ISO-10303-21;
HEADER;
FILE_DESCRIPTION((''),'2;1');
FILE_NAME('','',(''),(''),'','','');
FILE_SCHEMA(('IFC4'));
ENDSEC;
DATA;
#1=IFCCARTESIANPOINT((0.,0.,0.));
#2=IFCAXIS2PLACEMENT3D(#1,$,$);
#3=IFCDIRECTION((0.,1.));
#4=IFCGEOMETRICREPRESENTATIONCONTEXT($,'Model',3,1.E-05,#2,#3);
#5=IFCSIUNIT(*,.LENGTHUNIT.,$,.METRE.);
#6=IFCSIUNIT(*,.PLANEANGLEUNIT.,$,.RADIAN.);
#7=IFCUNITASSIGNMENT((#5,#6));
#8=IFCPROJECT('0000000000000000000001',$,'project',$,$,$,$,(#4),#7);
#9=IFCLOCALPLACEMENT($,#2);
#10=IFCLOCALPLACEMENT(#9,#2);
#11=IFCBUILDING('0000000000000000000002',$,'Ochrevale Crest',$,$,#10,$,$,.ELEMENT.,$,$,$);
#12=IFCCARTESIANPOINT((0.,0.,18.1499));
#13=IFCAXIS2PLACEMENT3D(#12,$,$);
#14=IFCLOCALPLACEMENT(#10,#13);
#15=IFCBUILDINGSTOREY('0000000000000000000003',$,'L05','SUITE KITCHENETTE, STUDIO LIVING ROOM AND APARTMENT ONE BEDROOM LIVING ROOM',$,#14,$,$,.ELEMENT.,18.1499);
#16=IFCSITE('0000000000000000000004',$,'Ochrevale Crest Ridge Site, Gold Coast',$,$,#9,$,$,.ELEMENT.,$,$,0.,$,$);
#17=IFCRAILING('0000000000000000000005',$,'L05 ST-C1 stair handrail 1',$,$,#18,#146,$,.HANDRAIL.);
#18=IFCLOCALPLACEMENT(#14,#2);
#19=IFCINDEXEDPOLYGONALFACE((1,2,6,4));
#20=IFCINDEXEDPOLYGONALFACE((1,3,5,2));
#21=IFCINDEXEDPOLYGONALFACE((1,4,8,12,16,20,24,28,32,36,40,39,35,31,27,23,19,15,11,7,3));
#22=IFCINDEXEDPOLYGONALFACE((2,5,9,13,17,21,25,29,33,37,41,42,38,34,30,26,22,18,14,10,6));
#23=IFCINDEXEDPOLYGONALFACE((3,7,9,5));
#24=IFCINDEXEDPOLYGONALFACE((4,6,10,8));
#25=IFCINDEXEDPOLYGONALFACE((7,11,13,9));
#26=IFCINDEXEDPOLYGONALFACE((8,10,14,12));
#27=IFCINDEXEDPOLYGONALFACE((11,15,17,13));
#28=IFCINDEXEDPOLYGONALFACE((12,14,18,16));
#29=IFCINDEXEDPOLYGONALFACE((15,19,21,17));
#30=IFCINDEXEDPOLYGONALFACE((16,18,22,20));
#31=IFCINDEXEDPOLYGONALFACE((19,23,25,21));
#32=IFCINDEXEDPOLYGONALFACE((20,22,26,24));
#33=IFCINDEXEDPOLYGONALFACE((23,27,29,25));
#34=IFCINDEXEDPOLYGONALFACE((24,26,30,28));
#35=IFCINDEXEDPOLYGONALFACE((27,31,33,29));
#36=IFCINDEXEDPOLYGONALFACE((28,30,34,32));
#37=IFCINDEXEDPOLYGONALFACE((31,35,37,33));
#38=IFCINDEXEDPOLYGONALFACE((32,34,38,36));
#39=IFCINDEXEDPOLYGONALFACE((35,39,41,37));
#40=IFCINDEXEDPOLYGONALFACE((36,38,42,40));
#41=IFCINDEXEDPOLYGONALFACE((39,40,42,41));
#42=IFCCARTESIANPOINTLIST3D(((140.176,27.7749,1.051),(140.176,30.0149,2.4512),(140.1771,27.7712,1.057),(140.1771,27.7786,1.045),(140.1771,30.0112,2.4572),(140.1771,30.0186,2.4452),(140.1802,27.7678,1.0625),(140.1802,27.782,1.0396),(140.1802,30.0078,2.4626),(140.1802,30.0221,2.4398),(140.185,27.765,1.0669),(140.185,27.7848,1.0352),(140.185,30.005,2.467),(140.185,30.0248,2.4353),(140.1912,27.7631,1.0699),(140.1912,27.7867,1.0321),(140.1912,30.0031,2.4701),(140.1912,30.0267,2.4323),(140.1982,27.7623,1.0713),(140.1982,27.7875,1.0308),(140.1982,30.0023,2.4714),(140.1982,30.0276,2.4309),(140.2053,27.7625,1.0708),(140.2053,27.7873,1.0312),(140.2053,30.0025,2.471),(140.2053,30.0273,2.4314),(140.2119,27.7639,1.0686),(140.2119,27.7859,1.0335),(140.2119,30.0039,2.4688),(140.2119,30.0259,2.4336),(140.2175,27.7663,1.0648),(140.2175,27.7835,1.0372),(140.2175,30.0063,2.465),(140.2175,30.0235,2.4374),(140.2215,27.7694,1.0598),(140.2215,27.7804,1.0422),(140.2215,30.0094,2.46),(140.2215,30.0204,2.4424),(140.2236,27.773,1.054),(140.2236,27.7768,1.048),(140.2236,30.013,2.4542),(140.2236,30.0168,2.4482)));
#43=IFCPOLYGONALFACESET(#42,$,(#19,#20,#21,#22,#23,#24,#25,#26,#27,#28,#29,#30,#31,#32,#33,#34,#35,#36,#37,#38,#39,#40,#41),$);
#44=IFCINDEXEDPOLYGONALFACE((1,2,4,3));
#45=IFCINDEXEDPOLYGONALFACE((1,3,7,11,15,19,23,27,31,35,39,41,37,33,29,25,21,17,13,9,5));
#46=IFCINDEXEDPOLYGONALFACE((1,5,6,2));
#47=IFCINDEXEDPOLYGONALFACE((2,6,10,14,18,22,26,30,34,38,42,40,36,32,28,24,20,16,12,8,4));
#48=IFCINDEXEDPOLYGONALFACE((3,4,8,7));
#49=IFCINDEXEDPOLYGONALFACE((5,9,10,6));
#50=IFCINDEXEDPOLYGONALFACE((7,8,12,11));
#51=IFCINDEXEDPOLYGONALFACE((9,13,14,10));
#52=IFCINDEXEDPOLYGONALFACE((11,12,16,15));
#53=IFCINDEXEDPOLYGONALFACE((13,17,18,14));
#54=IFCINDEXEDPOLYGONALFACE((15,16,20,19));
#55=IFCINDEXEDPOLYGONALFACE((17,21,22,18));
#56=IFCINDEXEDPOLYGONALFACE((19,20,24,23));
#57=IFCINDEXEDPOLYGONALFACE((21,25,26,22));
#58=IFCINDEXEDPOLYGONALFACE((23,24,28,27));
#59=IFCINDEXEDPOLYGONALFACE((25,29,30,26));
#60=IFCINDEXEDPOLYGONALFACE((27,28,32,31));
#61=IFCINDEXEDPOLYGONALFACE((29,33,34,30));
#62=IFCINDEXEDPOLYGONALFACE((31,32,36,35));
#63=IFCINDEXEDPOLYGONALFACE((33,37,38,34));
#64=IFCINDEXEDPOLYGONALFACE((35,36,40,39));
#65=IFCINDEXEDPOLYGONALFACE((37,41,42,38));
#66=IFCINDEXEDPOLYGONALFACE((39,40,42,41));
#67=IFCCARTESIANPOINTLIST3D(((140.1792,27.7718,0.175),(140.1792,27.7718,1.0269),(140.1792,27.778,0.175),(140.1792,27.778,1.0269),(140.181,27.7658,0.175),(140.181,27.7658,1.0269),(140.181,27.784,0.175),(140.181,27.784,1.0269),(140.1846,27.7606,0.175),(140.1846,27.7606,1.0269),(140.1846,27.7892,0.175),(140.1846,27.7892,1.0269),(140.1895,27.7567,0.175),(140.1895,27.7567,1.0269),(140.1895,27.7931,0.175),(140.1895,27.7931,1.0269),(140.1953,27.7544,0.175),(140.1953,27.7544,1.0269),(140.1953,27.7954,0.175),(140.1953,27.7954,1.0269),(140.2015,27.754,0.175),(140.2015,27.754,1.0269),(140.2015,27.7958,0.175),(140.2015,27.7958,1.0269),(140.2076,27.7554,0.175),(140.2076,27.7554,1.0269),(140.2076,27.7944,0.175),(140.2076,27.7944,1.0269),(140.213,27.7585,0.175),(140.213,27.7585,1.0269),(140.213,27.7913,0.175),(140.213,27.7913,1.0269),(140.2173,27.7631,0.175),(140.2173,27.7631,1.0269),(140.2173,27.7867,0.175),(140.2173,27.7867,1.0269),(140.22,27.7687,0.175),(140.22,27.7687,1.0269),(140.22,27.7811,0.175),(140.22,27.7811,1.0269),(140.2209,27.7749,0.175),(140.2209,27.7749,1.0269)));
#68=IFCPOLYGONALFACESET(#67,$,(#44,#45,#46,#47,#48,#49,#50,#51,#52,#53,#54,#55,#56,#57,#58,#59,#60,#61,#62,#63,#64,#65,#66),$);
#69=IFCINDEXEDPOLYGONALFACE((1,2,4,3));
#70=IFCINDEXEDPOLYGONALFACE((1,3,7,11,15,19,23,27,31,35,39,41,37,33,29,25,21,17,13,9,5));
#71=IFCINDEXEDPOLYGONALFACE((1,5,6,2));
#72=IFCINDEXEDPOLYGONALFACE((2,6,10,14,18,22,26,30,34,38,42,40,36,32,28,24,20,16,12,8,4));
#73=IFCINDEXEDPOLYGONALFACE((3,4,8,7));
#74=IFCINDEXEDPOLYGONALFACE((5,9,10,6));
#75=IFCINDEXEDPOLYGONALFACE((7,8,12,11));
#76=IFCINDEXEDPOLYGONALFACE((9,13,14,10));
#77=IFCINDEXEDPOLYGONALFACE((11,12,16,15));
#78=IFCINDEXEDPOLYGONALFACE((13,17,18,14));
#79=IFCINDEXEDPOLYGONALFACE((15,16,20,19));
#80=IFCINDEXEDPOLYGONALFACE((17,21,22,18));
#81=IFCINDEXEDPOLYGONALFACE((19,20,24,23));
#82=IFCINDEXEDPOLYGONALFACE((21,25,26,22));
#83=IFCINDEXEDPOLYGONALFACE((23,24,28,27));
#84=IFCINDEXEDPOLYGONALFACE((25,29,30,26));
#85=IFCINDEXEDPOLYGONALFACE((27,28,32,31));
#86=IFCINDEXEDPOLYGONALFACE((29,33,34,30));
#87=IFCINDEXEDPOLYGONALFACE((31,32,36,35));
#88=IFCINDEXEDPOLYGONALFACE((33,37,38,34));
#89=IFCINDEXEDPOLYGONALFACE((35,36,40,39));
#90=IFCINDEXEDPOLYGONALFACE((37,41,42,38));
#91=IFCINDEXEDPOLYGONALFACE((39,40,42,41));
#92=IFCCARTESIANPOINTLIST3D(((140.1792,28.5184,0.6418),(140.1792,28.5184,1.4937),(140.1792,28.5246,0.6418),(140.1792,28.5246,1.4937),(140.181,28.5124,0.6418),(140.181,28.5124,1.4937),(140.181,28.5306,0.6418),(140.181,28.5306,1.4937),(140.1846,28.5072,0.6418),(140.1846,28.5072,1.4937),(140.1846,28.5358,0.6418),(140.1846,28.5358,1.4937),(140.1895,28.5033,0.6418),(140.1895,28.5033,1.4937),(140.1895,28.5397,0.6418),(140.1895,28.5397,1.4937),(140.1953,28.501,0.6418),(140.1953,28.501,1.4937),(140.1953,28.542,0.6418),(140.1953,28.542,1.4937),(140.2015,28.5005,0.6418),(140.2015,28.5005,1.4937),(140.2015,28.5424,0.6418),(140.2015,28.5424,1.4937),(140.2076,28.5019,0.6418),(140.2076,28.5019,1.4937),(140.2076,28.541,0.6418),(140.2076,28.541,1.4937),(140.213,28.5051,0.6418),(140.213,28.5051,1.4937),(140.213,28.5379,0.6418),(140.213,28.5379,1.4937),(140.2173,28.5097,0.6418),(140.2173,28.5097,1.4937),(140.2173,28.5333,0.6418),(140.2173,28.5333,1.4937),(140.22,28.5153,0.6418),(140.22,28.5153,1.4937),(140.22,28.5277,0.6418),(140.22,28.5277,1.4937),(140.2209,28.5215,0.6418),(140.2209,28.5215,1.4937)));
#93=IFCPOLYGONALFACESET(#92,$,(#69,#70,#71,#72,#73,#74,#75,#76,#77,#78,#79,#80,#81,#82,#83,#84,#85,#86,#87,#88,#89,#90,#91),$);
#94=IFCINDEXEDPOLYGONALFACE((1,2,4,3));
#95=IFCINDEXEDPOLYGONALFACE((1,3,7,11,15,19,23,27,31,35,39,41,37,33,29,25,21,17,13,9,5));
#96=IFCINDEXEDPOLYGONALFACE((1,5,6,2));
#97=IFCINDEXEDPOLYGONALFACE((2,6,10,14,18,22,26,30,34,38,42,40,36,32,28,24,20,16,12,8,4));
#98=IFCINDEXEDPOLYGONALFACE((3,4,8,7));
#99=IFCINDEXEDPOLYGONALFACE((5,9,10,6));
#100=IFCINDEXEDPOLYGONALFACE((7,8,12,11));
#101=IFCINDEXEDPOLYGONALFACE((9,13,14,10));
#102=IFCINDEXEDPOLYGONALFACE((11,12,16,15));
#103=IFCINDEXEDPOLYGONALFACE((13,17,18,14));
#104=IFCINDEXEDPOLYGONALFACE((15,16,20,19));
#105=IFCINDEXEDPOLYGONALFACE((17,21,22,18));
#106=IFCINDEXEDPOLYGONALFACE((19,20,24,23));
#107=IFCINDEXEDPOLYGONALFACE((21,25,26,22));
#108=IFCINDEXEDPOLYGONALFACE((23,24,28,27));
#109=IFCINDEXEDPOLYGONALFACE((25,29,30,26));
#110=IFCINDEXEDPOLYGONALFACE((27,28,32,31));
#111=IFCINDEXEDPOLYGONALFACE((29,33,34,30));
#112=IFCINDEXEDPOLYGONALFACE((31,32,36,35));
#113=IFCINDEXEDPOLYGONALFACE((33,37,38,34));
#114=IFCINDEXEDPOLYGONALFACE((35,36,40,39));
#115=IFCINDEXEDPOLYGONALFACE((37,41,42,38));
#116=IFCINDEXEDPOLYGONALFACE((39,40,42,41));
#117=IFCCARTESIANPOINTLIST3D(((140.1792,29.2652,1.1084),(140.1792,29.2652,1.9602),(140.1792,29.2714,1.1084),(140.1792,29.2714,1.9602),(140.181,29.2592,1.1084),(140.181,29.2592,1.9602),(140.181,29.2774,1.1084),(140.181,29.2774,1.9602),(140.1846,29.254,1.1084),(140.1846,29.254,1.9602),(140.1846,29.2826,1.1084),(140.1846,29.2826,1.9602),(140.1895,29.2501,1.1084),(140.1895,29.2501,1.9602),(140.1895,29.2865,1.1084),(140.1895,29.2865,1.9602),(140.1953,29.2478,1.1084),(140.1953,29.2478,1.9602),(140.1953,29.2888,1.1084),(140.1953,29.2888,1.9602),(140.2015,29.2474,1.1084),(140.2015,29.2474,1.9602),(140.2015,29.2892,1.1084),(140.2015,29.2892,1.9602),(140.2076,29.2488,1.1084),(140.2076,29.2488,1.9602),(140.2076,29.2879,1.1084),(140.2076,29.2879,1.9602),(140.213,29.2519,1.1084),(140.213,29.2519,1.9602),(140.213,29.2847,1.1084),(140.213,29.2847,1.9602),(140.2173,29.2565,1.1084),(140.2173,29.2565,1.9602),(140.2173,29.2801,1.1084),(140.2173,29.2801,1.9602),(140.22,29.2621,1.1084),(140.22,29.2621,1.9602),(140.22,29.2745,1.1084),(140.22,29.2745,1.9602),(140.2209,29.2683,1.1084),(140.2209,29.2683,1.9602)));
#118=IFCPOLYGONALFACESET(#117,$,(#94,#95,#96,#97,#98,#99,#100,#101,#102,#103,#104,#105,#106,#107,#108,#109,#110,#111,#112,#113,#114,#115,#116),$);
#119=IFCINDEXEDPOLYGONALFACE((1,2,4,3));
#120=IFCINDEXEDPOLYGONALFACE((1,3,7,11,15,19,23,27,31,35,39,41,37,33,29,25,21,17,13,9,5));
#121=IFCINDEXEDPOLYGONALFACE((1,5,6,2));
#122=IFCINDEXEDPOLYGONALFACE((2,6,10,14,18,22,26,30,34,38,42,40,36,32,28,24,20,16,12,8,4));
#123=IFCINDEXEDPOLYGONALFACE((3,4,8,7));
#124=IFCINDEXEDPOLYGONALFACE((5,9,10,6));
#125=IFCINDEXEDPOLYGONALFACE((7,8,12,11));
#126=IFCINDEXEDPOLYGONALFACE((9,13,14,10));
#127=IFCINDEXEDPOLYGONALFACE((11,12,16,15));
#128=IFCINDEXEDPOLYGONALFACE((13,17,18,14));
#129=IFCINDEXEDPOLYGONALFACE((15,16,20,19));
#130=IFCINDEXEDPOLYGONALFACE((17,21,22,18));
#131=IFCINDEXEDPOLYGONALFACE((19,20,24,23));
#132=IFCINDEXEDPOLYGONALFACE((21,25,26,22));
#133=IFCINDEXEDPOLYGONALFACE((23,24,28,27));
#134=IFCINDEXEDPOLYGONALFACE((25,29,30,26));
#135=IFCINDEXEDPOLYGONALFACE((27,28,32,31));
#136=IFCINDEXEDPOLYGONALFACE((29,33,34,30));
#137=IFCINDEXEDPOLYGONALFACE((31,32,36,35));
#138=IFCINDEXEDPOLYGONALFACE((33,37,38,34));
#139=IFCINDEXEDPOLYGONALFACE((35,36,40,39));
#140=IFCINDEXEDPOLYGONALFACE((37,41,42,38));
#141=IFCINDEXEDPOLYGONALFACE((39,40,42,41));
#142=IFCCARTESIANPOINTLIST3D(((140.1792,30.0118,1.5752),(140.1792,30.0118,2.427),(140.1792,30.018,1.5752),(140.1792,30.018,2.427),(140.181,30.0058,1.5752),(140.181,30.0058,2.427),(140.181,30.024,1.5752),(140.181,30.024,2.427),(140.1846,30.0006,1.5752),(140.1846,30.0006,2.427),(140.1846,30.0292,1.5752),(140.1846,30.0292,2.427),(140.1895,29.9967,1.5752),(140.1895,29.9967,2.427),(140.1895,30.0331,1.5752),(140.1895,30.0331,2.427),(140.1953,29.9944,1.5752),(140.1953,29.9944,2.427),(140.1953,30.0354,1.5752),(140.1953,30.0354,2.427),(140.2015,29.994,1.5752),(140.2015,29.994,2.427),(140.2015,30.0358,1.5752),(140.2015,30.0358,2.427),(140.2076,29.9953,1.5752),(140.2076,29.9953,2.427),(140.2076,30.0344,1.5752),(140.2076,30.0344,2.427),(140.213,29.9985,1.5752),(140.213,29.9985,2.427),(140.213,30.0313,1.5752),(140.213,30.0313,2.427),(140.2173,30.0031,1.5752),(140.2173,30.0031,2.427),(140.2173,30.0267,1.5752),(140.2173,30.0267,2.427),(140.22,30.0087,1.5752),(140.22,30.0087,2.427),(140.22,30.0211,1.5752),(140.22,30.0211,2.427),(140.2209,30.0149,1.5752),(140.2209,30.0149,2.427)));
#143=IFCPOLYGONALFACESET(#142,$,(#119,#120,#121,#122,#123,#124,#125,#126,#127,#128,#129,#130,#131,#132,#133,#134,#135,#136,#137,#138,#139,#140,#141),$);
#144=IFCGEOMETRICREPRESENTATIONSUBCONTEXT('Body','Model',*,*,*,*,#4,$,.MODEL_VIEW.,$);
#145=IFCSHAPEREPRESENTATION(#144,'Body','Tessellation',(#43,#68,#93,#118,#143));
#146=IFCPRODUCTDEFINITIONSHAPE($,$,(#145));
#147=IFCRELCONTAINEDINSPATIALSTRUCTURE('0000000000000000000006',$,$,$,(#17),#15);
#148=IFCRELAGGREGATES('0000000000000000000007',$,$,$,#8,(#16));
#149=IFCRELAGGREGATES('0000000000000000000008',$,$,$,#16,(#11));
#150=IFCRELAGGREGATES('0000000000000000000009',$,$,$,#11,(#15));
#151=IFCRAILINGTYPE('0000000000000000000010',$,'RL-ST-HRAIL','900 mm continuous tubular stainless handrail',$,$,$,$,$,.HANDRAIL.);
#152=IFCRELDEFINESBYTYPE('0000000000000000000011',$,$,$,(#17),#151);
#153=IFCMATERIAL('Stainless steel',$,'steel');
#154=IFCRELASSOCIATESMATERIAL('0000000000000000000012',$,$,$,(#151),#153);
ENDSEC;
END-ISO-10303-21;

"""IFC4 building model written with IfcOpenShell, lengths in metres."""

from ifc_helpers import new_model, si_unit, direction, frame, origin, origin_2d, place, context, subcontext, project, spatial, circle, extrude, material, type_object, element, save


model = new_model("IFC4")

# Units and contexts
model_context = context("Model", 3, precision=1e-05, world=origin(), true_north=direction((0.0, 1.0)))
body_context = subcontext(model_context, "Body", "Model", "MODEL_VIEW")
ifc_project = project(units=[si_unit("LENGTHUNIT", "METRE"), si_unit("PLANEANGLEUNIT", "RADIAN")], contexts=[model_context])

# Site, building, storey
site_placement = place(None, origin())
site = spatial("IfcSite", under=ifc_project, at=site_placement, Name="Ochrevale Crest Ridge Site, Gold Coast", CompositionType="ELEMENT", RefElevation=0.0)
building_placement = place(site_placement, origin())
building = spatial("IfcBuilding", under=site, at=building_placement, Name="Ochrevale Crest", CompositionType="ELEMENT")
storey_placement = place(building_placement, frame((0.0, 0.0, 18.1499)))
storey = spatial("IfcBuildingStorey", under=building, at=storey_placement, Name="L05", Description="SUITE KITCHENETTE, STUDIO LIVING ROOM AND APARTMENT ONE BEDROOM LIVING ROOM", CompositionType="ELEMENT", Elevation=18.1499)

# Railing
ifc_material_1 = material(Name="Stainless steel", Category="steel")
railing_type_1 = type_object("IfcRailingType", Name="RL-ST-HRAIL", Description="900 mm continuous tubular stainless handrail", PredefinedType="HANDRAIL", material=ifc_material_1)
railing_1_placement = place(storey_placement, frame((140.2, 27.7749, 0.175)))
element("IfcRailing", 1, at=railing_1_placement, inside=storey, type_object=railing_type_1, Name="L05 ST-C1 stair handrail 1", PredefinedType="HANDRAIL", context=body_context, shape_type="SweptSolid", body=[
    extrude(circle(Radius=0.0239, at=origin_2d()), frame((0.0, 0.0, 0.876), z_axis=(0.0, 0.847972, 0.53004), x_axis=(-1.0, 0.0, 0.0)), (0.0, 0.0, 1.0), 2.6416),
    extrude(circle(Radius=0.021, at=origin_2d()), origin(), (0.0, 0.0, 1.0), 0.8518),
    extrude(circle(Radius=0.021, at=origin_2d()), frame((0.0, 0.7466, 0.4668)), (0.0, 0.0, 1.0), 0.8518),
    extrude(circle(Radius=0.021, at=origin_2d()), frame((0.0, 1.4934, 0.9333)), (0.0, 0.0, 1.0), 0.8518),
    extrude(circle(Radius=0.021, at=origin_2d()), frame((0.0, 2.24, 1.4001)), (0.0, 0.0, 1.0), 0.8518),
])

save(model, "model.ifc")
